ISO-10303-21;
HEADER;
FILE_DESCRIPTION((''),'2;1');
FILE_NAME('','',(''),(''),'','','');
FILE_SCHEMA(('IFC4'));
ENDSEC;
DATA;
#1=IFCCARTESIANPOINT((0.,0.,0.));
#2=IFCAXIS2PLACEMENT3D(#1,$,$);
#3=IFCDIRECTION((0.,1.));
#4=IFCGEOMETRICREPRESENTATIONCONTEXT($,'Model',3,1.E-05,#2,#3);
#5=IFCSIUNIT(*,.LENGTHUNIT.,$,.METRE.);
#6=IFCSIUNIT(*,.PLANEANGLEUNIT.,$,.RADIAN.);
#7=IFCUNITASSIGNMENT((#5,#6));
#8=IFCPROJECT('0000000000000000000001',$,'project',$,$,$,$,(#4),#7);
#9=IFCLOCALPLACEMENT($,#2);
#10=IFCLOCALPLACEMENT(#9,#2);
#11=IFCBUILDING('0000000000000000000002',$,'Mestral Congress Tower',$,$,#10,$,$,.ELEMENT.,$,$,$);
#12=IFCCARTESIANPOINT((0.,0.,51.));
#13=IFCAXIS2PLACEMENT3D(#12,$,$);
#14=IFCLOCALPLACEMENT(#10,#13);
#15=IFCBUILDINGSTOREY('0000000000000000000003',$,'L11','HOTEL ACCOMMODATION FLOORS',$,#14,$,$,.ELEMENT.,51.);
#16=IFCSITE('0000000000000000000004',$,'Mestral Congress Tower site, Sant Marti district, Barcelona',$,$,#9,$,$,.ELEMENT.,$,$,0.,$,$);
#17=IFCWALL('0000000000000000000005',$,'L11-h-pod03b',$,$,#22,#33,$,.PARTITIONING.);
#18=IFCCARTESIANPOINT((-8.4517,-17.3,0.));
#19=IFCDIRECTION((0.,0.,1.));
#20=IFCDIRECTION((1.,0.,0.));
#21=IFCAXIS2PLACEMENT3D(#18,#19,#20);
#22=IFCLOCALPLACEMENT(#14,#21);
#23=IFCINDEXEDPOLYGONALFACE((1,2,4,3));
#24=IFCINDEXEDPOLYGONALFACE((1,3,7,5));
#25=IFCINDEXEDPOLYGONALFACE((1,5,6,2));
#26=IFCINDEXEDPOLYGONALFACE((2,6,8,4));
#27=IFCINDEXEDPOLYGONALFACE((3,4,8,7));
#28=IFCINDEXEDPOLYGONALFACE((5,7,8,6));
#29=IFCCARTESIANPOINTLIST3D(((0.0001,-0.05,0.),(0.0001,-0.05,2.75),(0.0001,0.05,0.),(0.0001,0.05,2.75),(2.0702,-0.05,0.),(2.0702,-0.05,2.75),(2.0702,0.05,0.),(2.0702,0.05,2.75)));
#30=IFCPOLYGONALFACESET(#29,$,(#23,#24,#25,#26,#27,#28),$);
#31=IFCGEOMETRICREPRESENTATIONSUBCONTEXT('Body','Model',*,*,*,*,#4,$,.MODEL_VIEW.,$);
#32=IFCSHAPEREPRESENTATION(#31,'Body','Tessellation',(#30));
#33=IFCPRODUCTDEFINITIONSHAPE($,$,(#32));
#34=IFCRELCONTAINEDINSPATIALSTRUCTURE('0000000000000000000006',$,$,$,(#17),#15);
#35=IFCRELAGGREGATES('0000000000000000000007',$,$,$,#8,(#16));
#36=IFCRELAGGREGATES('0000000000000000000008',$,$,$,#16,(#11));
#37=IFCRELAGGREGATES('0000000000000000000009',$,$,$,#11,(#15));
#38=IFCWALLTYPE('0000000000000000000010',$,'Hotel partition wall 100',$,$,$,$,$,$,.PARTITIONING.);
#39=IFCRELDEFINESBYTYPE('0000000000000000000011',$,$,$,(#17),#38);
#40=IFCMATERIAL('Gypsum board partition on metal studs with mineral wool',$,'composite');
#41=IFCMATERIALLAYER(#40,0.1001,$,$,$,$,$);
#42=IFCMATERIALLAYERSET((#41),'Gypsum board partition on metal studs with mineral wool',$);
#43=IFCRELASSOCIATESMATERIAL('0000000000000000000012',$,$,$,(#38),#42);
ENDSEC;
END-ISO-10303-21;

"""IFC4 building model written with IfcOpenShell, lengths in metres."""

from ifc_helpers import new_model, si_unit, direction, frame, frame_2d, origin, place, context, subcontext, project, spatial, rectangle, extrude, material, layer, layer_set, type_object, element, save


model = new_model("IFC4")

# Units and contexts
model_context = context("Model", 3, precision=1e-05, world=origin(), true_north=direction((0.0, 1.0)))
body_context = subcontext(model_context, "Body", "Model", "MODEL_VIEW")
ifc_project = project(units=[si_unit("LENGTHUNIT", "METRE"), si_unit("PLANEANGLEUNIT", "RADIAN")], contexts=[model_context])

# Site, building, storey
site_placement = place(None, origin())
site = spatial("IfcSite", under=ifc_project, at=site_placement, Name="Mestral Congress Tower site, Sant Marti district, Barcelona", CompositionType="ELEMENT", RefElevation=0.0)
building_placement = place(site_placement, origin())
building = spatial("IfcBuilding", under=site, at=building_placement, Name="Mestral Congress Tower", CompositionType="ELEMENT")
storey_placement = place(building_placement, frame((0.0, 0.0, 51.0)))
storey = spatial("IfcBuildingStorey", under=building, at=storey_placement, Name="L11", Description="HOTEL ACCOMMODATION FLOORS", CompositionType="ELEMENT", Elevation=51.0)

# Shared definitions
ifc_material_1 = material(Name="Gypsum board partition on metal studs with mineral wool", Category="composite")
ifc_layer_1 = layer(ifc_material_1, 0.1001)
ifc_layer_set_1 = layer_set([ifc_layer_1], Name="Gypsum board partition on metal studs with mineral wool")
wall_type_1 = type_object("IfcWallType", Name="Hotel partition wall 100", PredefinedType="PARTITIONING", material=ifc_layer_set_1)

# Wall
wall_1_placement = place(storey_placement, frame((-8.4517, -17.3, 0.0), z_axis=(0.0, 0.0, 1.0), x_axis=(1.0, 0.0, 0.0)))
element("IfcWall", 1, at=wall_1_placement, inside=storey, type_object=wall_type_1, Name="L11-h-pod03b", PredefinedType="PARTITIONING", context=body_context, shape_type="SweptSolid", body=[
    extrude(rectangle(XDim=2.0701, YDim=0.1001, at=frame_2d((1.0352, 0.0))), origin(), (0.0, 0.0, 1.0), 2.75),
])

save(model, "model.ifc")
